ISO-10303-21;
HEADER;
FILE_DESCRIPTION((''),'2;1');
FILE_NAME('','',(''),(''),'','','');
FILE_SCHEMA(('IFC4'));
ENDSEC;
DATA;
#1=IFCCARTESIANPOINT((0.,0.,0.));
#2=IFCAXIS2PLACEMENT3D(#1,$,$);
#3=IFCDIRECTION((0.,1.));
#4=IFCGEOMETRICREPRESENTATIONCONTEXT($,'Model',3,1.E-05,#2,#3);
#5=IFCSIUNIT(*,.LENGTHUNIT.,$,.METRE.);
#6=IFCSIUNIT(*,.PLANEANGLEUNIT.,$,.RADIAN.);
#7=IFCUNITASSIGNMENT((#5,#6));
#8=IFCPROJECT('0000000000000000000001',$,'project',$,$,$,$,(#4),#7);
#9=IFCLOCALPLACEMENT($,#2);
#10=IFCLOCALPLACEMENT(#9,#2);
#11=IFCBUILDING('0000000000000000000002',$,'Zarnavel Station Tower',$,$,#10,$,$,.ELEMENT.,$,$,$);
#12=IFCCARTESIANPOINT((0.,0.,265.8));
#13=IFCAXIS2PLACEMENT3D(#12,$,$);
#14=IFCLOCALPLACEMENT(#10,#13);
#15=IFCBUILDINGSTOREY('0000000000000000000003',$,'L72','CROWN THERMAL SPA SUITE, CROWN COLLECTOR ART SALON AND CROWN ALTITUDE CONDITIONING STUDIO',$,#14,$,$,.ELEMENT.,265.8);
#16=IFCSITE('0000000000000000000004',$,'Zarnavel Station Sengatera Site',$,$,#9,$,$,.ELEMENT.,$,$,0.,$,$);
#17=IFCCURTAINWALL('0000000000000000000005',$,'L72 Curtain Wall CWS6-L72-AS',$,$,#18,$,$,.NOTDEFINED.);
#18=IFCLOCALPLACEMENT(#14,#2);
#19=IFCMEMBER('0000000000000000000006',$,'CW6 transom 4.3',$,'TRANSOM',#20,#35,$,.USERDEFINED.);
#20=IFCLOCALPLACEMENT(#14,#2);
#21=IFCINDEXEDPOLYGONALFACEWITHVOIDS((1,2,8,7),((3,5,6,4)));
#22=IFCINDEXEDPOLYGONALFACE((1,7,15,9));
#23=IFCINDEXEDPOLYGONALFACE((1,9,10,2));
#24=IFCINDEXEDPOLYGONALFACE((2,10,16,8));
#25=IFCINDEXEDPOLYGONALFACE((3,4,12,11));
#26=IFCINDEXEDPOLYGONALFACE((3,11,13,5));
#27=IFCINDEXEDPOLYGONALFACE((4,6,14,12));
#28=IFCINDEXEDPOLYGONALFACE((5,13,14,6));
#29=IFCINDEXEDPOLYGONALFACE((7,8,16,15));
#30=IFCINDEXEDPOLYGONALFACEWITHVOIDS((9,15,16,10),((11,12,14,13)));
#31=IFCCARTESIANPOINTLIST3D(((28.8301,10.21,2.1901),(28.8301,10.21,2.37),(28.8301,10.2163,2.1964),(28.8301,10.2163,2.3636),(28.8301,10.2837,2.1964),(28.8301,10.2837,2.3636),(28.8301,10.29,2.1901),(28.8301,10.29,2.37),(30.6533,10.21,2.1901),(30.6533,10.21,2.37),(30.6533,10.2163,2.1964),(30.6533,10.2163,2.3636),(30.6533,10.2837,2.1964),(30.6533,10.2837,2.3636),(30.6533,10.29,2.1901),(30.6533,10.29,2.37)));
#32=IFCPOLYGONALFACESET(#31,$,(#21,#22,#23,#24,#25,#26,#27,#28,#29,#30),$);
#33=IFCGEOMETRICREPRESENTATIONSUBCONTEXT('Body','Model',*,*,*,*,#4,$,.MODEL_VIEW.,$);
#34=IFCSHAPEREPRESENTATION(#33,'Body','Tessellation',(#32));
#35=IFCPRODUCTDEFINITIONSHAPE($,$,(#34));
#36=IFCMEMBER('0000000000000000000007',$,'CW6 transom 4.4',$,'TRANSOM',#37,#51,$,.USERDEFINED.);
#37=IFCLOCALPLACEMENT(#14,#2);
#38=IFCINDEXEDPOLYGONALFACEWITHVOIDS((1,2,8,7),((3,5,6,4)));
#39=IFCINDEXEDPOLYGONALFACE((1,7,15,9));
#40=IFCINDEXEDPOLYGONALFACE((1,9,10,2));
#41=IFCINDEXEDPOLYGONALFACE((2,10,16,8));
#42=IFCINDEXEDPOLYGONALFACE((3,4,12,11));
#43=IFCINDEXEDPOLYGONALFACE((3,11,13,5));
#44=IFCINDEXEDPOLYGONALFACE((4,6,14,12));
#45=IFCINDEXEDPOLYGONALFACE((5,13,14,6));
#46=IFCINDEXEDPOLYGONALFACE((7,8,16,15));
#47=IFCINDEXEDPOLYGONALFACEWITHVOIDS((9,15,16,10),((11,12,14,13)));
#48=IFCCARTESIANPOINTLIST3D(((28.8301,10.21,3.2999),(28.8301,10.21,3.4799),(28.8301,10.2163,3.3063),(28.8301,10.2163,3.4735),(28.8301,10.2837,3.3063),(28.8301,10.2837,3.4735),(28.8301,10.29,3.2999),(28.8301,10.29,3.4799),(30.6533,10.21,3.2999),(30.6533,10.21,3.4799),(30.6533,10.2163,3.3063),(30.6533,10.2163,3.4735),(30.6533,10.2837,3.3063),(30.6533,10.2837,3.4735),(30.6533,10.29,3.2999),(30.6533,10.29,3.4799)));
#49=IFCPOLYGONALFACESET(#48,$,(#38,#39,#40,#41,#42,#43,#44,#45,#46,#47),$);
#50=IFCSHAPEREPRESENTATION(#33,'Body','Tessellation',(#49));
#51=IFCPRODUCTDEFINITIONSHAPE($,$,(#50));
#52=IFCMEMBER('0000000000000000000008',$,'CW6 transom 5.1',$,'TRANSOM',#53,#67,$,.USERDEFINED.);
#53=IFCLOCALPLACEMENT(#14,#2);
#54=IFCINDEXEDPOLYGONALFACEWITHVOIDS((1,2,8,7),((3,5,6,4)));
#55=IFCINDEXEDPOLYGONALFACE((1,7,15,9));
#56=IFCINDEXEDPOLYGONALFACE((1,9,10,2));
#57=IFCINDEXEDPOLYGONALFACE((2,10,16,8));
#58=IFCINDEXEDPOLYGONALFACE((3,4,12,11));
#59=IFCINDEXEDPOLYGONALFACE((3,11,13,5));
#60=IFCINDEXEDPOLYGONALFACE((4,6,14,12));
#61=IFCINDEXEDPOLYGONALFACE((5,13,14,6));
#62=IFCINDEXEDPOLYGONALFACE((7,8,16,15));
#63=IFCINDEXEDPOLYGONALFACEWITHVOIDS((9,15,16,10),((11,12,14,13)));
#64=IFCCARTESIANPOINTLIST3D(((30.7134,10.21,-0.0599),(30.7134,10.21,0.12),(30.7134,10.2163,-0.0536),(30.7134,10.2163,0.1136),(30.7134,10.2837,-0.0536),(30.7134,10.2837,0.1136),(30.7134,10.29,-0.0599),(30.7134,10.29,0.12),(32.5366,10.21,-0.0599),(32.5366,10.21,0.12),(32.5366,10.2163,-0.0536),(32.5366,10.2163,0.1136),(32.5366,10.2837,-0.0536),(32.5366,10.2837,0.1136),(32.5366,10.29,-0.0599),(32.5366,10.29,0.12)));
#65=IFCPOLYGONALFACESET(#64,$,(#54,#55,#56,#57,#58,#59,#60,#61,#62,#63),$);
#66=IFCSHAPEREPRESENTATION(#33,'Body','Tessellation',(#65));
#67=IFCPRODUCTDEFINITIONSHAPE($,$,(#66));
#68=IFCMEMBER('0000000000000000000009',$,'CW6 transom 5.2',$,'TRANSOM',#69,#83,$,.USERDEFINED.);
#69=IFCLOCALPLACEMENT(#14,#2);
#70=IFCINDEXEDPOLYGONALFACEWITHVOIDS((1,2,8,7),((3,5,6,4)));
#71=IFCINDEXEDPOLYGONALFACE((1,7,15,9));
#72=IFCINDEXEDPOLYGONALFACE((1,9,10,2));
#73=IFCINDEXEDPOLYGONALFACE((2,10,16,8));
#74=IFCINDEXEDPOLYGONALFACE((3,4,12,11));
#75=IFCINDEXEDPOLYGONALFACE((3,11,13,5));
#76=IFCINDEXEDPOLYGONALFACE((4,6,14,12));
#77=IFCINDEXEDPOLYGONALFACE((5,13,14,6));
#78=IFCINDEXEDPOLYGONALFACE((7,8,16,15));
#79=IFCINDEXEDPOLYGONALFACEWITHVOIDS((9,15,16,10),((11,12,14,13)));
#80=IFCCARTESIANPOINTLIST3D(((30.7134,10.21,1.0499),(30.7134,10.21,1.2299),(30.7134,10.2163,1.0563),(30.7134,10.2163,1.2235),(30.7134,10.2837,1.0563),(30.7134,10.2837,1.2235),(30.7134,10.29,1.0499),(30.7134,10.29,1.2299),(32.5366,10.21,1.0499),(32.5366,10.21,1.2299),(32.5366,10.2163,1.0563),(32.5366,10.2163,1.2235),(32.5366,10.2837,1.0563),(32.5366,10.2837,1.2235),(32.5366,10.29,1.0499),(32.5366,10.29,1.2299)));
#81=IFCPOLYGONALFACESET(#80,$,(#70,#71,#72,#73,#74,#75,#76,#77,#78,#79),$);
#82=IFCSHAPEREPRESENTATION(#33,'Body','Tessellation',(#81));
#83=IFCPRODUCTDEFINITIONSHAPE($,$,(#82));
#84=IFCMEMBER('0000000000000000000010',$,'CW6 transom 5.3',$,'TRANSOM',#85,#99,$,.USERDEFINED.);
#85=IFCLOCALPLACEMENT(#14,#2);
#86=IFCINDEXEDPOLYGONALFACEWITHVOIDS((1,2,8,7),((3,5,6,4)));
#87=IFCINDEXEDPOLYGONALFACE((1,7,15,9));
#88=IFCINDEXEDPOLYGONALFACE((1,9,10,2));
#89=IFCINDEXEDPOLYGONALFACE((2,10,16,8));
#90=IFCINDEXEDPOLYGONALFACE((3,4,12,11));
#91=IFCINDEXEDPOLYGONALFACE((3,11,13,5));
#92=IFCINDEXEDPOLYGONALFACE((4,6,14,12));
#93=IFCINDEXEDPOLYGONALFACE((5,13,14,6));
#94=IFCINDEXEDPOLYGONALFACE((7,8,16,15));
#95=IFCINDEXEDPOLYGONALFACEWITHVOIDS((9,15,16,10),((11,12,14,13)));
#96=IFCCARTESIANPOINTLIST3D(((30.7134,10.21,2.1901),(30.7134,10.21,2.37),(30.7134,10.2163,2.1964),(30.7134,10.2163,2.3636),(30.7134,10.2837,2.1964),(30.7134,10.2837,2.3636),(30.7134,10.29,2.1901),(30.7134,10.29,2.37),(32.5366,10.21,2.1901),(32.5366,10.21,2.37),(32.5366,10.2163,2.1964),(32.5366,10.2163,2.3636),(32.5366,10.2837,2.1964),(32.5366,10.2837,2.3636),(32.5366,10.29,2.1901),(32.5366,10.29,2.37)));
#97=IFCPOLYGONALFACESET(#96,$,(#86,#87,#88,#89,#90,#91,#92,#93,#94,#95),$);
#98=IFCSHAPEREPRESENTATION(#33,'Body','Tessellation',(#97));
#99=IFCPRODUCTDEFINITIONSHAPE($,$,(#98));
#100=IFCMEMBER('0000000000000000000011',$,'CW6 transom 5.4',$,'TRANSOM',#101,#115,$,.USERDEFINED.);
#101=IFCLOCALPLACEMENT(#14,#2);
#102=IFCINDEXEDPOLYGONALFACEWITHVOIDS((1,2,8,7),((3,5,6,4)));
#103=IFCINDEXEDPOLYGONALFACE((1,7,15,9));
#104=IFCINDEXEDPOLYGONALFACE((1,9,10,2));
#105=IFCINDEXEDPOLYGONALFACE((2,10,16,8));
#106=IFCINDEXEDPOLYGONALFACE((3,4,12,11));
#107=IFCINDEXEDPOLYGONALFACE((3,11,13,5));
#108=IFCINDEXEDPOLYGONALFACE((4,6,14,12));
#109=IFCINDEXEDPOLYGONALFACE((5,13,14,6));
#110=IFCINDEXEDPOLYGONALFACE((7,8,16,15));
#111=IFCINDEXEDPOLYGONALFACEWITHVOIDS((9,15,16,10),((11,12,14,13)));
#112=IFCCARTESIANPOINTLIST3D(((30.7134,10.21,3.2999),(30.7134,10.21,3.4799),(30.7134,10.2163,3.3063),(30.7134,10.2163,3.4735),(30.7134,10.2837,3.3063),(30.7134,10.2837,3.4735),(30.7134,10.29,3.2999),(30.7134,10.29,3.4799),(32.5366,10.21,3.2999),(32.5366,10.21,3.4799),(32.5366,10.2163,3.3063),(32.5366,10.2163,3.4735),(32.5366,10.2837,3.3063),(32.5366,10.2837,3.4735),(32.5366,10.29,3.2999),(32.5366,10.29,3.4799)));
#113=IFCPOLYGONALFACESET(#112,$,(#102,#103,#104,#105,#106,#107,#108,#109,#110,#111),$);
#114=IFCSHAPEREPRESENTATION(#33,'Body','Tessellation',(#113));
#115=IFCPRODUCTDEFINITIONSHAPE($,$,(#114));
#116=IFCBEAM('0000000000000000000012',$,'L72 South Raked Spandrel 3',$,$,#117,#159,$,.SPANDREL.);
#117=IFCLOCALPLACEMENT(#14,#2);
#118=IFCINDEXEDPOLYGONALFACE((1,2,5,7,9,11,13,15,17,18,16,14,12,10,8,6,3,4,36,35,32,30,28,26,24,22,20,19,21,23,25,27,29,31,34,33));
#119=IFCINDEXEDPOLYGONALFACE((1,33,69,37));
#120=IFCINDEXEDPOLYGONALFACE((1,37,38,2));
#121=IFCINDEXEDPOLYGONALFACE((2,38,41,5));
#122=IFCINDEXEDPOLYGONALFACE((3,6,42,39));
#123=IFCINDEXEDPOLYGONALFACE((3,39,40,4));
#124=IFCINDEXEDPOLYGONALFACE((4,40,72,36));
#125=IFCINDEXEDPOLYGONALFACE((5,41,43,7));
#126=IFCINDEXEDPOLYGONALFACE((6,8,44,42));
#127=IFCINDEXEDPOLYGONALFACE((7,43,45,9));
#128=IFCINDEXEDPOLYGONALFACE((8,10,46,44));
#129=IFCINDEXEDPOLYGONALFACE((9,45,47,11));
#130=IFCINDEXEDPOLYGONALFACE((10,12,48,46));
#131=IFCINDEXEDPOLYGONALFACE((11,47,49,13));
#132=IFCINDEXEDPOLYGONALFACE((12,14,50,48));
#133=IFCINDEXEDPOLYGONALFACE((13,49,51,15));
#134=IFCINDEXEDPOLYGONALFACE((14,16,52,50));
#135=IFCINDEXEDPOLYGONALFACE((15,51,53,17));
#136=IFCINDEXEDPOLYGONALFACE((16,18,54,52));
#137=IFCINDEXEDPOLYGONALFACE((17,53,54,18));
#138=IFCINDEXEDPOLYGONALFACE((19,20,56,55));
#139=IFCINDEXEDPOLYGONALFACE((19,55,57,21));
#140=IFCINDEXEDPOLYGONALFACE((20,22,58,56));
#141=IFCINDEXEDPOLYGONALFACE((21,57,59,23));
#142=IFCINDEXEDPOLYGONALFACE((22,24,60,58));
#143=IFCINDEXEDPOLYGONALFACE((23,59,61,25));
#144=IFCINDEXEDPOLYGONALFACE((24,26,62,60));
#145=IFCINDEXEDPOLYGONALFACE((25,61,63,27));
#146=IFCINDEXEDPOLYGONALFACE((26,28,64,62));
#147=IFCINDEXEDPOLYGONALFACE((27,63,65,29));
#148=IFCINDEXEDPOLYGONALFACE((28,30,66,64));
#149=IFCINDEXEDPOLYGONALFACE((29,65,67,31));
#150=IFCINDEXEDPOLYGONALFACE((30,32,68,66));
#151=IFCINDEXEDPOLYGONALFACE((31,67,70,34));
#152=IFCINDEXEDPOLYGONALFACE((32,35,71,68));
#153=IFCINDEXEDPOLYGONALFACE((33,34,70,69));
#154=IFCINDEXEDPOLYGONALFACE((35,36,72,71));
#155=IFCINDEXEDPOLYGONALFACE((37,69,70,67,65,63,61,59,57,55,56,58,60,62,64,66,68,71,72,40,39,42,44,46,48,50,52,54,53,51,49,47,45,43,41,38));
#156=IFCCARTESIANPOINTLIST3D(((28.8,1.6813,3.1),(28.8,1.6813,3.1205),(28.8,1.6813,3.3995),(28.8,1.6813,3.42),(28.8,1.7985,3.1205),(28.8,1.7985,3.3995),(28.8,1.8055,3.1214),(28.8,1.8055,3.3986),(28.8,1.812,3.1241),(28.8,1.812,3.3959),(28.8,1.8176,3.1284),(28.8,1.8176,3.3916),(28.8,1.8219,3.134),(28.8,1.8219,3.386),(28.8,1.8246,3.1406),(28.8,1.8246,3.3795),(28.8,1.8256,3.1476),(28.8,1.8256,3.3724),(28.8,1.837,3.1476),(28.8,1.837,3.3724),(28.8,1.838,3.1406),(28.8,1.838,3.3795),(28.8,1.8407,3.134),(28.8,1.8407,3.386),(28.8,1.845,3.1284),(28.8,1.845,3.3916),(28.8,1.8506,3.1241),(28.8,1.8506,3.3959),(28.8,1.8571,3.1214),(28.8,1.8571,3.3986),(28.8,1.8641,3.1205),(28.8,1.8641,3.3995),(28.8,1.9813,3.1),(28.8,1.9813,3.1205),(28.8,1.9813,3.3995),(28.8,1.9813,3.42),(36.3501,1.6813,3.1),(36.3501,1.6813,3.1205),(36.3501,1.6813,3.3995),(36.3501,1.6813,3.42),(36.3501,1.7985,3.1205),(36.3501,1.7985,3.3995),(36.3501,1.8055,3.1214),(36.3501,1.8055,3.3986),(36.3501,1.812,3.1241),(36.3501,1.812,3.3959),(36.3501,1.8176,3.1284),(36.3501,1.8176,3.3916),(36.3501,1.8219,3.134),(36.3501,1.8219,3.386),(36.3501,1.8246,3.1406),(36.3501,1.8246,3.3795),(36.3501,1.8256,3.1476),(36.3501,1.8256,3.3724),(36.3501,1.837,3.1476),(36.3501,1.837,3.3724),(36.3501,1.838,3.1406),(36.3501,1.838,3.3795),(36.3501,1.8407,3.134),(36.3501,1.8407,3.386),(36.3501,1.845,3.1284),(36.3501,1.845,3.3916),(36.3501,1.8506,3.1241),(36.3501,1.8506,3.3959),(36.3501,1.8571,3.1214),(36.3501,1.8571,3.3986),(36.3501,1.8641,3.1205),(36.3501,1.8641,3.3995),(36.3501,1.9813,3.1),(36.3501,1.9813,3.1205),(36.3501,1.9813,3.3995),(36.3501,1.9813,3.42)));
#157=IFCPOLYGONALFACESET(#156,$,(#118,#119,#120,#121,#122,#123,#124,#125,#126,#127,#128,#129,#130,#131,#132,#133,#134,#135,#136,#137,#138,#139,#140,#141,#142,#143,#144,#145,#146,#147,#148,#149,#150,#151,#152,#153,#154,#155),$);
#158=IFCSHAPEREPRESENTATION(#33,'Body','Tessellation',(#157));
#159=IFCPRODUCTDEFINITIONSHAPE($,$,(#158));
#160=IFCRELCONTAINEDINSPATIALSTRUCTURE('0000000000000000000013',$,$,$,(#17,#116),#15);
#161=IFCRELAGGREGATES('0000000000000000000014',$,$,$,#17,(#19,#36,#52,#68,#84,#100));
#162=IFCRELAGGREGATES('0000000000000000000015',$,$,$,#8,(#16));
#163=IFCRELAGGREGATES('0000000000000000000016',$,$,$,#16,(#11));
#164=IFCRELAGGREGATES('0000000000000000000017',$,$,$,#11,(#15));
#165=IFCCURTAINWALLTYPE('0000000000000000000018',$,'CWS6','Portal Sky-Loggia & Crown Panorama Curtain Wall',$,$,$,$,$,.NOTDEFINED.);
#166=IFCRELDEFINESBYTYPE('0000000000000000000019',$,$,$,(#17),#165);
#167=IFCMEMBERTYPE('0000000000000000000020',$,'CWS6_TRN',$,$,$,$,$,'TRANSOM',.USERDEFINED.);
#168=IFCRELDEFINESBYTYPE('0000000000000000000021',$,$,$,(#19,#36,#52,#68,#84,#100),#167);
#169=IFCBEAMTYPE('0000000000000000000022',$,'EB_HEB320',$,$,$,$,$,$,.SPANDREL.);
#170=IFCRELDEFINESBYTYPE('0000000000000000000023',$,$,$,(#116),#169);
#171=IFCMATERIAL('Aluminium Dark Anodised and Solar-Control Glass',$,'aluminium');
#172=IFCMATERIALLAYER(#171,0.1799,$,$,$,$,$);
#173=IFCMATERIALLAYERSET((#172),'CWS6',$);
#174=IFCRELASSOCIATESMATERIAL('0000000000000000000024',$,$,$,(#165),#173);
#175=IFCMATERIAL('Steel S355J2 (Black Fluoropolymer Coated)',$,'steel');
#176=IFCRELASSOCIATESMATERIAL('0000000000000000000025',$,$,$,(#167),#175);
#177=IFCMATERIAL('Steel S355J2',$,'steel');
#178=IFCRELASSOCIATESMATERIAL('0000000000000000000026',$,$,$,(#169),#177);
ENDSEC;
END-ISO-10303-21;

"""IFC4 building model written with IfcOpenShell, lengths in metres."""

from ifc_helpers import new_model, si_unit, direction, frame, origin, origin_2d, place, context, subcontext, project, spatial, hollow_rectangle, i_section, extrude, material, layer, layer_set, material_profile, profile_set, type_object, element, aggregate, save


model = new_model("IFC4")

# Units and contexts
model_context = context("Model", 3, precision=1e-05, world=origin(), true_north=direction((0.0, 1.0)))
body_context = subcontext(model_context, "Body", "Model", "MODEL_VIEW")
ifc_project = project(units=[si_unit("LENGTHUNIT", "METRE"), si_unit("PLANEANGLEUNIT", "RADIAN")], contexts=[model_context])

# Site, building, storey
site_placement = place(None, origin())
site = spatial("IfcSite", under=ifc_project, at=site_placement, Name="Zarnavel Station Sengatera Site", CompositionType="ELEMENT", RefElevation=0.0)
building_placement = place(site_placement, origin())
building = spatial("IfcBuilding", under=site, at=building_placement, Name="Zarnavel Station Tower", CompositionType="ELEMENT")
storey_placement = place(building_placement, frame((0.0, 0.0, 265.8)))
storey = spatial("IfcBuildingStorey", under=building, at=storey_placement, Name="L72", Description="CROWN THERMAL SPA SUITE, CROWN COLLECTOR ART SALON AND CROWN ALTITUDE CONDITIONING STUDIO", CompositionType="ELEMENT", Elevation=265.8)

# Curtain wall
ifc_material_1 = material(Name="Aluminium Dark Anodised and Solar-Control Glass", Category="aluminium")
ifc_layer_1 = layer(ifc_material_1, 0.1799)
ifc_layer_set_1 = layer_set([ifc_layer_1], Name="CWS6")
curtain_wall_type = type_object("IfcCurtainWallType", Name="CWS6", Description="Portal Sky-Loggia & Crown Panorama Curtain Wall", PredefinedType="NOTDEFINED", material=ifc_layer_set_1)
curtain_wall_1_placement = place(storey_placement, origin())
curtain_wall_1 = element("IfcCurtainWall", 1, at=curtain_wall_1_placement, inside=storey, type_object=curtain_wall_type, Name="L72 Curtain Wall CWS6-L72-AS", PredefinedType="NOTDEFINED")

# Members
ifc_material_2 = material(Name="Steel S355J2 (Black Fluoropolymer Coated)", Category="steel")
ifc_material_profile_1 = material_profile(ifc_material_2, hollow_rectangle(XDim=0.0801, YDim=0.1799, WallThickness=0.0063, at=origin_2d()), Name="RHS180x80x6.3")
ifc_profile_set_1 = profile_set([ifc_material_profile_1], Name="Steel S355J2 (Black Fluoropolymer Coated)")
member_type_1 = type_object("IfcMemberType", Name="CWS6_TRN", ElementType="TRANSOM", PredefinedType="USERDEFINED", material=ifc_profile_set_1)
member_1_placement = place(storey_placement, frame((28.8301, 10.25, 2.28), z_axis=(1.0, 0.0, 0.0), x_axis=(0.0, 1.0, 0.0)))
member_1 = element("IfcMember", 2, at=member_1_placement, type_object=member_type_1, Name="CW6 transom 4.3", ObjectType="TRANSOM", PredefinedType="USERDEFINED", context=body_context, shape_type="SweptSolid", body=[
    extrude(hollow_rectangle(XDim=0.0801, YDim=0.1799, WallThickness=0.0063, at=origin_2d()), origin(), (0.0, 0.0, 1.0), 1.8232),
])
member_2_placement = place(storey_placement, frame((28.8301, 10.25, 3.3899), z_axis=(1.0, 0.0, 0.0), x_axis=(0.0, 1.0, 0.0)))
member_2 = element("IfcMember", 3, at=member_2_placement, type_object=member_type_1, Name="CW6 transom 4.4", ObjectType="TRANSOM", PredefinedType="USERDEFINED", context=body_context, shape_type="SweptSolid", body=[
    extrude(hollow_rectangle(XDim=0.0801, YDim=0.1799, WallThickness=0.0063, at=origin_2d()), origin(), (0.0, 0.0, 1.0), 1.8232),
])
member_3_placement = place(storey_placement, frame((30.7134, 10.25, 0.03), z_axis=(1.0, 0.0, 0.0), x_axis=(0.0, 1.0, 0.0)))
member_3 = element("IfcMember", 4, at=member_3_placement, type_object=member_type_1, Name="CW6 transom 5.1", ObjectType="TRANSOM", PredefinedType="USERDEFINED", context=body_context, shape_type="SweptSolid", body=[
    extrude(hollow_rectangle(XDim=0.0801, YDim=0.1799, WallThickness=0.0063, at=origin_2d()), origin(), (0.0, 0.0, 1.0), 1.8232),
])
member_4_placement = place(storey_placement, frame((30.7134, 10.25, 1.1399), z_axis=(1.0, 0.0, 0.0), x_axis=(0.0, 1.0, 0.0)))
member_4 = element("IfcMember", 5, at=member_4_placement, type_object=member_type_1, Name="CW6 transom 5.2", ObjectType="TRANSOM", PredefinedType="USERDEFINED", context=body_context, shape_type="SweptSolid", body=[
    extrude(hollow_rectangle(XDim=0.0801, YDim=0.1799, WallThickness=0.0063, at=origin_2d()), origin(), (0.0, 0.0, 1.0), 1.8232),
])
member_5_placement = place(storey_placement, frame((30.7134, 10.25, 2.28), z_axis=(1.0, 0.0, 0.0), x_axis=(0.0, 1.0, 0.0)))
member_5 = element("IfcMember", 6, at=member_5_placement, type_object=member_type_1, Name="CW6 transom 5.3", ObjectType="TRANSOM", PredefinedType="USERDEFINED", context=body_context, shape_type="SweptSolid", body=[
    extrude(hollow_rectangle(XDim=0.0801, YDim=0.1799, WallThickness=0.0063, at=origin_2d()), origin(), (0.0, 0.0, 1.0), 1.8232),
])
member_6_placement = place(storey_placement, frame((30.7134, 10.25, 3.3899), z_axis=(1.0, 0.0, 0.0), x_axis=(0.0, 1.0, 0.0)))
member_6 = element("IfcMember", 7, at=member_6_placement, type_object=member_type_1, Name="CW6 transom 5.4", ObjectType="TRANSOM", PredefinedType="USERDEFINED", context=body_context, shape_type="SweptSolid", body=[
    extrude(hollow_rectangle(XDim=0.0801, YDim=0.1799, WallThickness=0.0063, at=origin_2d()), origin(), (0.0, 0.0, 1.0), 1.8232),
])

# Beam
ifc_material_3 = material(Name="Steel S355J2", Category="steel")
ifc_material_profile_2 = material_profile(ifc_material_3, i_section(OverallWidth=0.3, OverallDepth=0.3201, WebThickness=0.0115, FlangeThickness=0.0205, FilletRadius=0.0271, at=origin_2d()), Name="HEB320")
ifc_profile_set_2 = profile_set([ifc_material_profile_2], Name="Steel S355J2")
beam_type_1 = type_object("IfcBeamType", Name="EB_HEB320", PredefinedType="SPANDREL", material=ifc_profile_set_2)
beam_1_placement = place(storey_placement, frame((28.8, 1.8313, 3.26), z_axis=(1.0, 0.0, 0.0), x_axis=(0.0, 1.0, 0.0)))
element("IfcBeam", 8, at=beam_1_placement, inside=storey, type_object=beam_type_1, Name="L72 South Raked Spandrel 3", PredefinedType="SPANDREL", context=body_context, shape_type="SweptSolid", body=[
    extrude(i_section(OverallWidth=0.3, OverallDepth=0.3201, WebThickness=0.0115, FlangeThickness=0.0205, FilletRadius=0.0271, at=origin_2d()), origin(), (0.0, 0.0, 1.0), 7.55),
])

aggregate(curtain_wall_1, [member_1, member_2, member_3, member_4, member_5, member_6])

save(model, "model.ifc")
